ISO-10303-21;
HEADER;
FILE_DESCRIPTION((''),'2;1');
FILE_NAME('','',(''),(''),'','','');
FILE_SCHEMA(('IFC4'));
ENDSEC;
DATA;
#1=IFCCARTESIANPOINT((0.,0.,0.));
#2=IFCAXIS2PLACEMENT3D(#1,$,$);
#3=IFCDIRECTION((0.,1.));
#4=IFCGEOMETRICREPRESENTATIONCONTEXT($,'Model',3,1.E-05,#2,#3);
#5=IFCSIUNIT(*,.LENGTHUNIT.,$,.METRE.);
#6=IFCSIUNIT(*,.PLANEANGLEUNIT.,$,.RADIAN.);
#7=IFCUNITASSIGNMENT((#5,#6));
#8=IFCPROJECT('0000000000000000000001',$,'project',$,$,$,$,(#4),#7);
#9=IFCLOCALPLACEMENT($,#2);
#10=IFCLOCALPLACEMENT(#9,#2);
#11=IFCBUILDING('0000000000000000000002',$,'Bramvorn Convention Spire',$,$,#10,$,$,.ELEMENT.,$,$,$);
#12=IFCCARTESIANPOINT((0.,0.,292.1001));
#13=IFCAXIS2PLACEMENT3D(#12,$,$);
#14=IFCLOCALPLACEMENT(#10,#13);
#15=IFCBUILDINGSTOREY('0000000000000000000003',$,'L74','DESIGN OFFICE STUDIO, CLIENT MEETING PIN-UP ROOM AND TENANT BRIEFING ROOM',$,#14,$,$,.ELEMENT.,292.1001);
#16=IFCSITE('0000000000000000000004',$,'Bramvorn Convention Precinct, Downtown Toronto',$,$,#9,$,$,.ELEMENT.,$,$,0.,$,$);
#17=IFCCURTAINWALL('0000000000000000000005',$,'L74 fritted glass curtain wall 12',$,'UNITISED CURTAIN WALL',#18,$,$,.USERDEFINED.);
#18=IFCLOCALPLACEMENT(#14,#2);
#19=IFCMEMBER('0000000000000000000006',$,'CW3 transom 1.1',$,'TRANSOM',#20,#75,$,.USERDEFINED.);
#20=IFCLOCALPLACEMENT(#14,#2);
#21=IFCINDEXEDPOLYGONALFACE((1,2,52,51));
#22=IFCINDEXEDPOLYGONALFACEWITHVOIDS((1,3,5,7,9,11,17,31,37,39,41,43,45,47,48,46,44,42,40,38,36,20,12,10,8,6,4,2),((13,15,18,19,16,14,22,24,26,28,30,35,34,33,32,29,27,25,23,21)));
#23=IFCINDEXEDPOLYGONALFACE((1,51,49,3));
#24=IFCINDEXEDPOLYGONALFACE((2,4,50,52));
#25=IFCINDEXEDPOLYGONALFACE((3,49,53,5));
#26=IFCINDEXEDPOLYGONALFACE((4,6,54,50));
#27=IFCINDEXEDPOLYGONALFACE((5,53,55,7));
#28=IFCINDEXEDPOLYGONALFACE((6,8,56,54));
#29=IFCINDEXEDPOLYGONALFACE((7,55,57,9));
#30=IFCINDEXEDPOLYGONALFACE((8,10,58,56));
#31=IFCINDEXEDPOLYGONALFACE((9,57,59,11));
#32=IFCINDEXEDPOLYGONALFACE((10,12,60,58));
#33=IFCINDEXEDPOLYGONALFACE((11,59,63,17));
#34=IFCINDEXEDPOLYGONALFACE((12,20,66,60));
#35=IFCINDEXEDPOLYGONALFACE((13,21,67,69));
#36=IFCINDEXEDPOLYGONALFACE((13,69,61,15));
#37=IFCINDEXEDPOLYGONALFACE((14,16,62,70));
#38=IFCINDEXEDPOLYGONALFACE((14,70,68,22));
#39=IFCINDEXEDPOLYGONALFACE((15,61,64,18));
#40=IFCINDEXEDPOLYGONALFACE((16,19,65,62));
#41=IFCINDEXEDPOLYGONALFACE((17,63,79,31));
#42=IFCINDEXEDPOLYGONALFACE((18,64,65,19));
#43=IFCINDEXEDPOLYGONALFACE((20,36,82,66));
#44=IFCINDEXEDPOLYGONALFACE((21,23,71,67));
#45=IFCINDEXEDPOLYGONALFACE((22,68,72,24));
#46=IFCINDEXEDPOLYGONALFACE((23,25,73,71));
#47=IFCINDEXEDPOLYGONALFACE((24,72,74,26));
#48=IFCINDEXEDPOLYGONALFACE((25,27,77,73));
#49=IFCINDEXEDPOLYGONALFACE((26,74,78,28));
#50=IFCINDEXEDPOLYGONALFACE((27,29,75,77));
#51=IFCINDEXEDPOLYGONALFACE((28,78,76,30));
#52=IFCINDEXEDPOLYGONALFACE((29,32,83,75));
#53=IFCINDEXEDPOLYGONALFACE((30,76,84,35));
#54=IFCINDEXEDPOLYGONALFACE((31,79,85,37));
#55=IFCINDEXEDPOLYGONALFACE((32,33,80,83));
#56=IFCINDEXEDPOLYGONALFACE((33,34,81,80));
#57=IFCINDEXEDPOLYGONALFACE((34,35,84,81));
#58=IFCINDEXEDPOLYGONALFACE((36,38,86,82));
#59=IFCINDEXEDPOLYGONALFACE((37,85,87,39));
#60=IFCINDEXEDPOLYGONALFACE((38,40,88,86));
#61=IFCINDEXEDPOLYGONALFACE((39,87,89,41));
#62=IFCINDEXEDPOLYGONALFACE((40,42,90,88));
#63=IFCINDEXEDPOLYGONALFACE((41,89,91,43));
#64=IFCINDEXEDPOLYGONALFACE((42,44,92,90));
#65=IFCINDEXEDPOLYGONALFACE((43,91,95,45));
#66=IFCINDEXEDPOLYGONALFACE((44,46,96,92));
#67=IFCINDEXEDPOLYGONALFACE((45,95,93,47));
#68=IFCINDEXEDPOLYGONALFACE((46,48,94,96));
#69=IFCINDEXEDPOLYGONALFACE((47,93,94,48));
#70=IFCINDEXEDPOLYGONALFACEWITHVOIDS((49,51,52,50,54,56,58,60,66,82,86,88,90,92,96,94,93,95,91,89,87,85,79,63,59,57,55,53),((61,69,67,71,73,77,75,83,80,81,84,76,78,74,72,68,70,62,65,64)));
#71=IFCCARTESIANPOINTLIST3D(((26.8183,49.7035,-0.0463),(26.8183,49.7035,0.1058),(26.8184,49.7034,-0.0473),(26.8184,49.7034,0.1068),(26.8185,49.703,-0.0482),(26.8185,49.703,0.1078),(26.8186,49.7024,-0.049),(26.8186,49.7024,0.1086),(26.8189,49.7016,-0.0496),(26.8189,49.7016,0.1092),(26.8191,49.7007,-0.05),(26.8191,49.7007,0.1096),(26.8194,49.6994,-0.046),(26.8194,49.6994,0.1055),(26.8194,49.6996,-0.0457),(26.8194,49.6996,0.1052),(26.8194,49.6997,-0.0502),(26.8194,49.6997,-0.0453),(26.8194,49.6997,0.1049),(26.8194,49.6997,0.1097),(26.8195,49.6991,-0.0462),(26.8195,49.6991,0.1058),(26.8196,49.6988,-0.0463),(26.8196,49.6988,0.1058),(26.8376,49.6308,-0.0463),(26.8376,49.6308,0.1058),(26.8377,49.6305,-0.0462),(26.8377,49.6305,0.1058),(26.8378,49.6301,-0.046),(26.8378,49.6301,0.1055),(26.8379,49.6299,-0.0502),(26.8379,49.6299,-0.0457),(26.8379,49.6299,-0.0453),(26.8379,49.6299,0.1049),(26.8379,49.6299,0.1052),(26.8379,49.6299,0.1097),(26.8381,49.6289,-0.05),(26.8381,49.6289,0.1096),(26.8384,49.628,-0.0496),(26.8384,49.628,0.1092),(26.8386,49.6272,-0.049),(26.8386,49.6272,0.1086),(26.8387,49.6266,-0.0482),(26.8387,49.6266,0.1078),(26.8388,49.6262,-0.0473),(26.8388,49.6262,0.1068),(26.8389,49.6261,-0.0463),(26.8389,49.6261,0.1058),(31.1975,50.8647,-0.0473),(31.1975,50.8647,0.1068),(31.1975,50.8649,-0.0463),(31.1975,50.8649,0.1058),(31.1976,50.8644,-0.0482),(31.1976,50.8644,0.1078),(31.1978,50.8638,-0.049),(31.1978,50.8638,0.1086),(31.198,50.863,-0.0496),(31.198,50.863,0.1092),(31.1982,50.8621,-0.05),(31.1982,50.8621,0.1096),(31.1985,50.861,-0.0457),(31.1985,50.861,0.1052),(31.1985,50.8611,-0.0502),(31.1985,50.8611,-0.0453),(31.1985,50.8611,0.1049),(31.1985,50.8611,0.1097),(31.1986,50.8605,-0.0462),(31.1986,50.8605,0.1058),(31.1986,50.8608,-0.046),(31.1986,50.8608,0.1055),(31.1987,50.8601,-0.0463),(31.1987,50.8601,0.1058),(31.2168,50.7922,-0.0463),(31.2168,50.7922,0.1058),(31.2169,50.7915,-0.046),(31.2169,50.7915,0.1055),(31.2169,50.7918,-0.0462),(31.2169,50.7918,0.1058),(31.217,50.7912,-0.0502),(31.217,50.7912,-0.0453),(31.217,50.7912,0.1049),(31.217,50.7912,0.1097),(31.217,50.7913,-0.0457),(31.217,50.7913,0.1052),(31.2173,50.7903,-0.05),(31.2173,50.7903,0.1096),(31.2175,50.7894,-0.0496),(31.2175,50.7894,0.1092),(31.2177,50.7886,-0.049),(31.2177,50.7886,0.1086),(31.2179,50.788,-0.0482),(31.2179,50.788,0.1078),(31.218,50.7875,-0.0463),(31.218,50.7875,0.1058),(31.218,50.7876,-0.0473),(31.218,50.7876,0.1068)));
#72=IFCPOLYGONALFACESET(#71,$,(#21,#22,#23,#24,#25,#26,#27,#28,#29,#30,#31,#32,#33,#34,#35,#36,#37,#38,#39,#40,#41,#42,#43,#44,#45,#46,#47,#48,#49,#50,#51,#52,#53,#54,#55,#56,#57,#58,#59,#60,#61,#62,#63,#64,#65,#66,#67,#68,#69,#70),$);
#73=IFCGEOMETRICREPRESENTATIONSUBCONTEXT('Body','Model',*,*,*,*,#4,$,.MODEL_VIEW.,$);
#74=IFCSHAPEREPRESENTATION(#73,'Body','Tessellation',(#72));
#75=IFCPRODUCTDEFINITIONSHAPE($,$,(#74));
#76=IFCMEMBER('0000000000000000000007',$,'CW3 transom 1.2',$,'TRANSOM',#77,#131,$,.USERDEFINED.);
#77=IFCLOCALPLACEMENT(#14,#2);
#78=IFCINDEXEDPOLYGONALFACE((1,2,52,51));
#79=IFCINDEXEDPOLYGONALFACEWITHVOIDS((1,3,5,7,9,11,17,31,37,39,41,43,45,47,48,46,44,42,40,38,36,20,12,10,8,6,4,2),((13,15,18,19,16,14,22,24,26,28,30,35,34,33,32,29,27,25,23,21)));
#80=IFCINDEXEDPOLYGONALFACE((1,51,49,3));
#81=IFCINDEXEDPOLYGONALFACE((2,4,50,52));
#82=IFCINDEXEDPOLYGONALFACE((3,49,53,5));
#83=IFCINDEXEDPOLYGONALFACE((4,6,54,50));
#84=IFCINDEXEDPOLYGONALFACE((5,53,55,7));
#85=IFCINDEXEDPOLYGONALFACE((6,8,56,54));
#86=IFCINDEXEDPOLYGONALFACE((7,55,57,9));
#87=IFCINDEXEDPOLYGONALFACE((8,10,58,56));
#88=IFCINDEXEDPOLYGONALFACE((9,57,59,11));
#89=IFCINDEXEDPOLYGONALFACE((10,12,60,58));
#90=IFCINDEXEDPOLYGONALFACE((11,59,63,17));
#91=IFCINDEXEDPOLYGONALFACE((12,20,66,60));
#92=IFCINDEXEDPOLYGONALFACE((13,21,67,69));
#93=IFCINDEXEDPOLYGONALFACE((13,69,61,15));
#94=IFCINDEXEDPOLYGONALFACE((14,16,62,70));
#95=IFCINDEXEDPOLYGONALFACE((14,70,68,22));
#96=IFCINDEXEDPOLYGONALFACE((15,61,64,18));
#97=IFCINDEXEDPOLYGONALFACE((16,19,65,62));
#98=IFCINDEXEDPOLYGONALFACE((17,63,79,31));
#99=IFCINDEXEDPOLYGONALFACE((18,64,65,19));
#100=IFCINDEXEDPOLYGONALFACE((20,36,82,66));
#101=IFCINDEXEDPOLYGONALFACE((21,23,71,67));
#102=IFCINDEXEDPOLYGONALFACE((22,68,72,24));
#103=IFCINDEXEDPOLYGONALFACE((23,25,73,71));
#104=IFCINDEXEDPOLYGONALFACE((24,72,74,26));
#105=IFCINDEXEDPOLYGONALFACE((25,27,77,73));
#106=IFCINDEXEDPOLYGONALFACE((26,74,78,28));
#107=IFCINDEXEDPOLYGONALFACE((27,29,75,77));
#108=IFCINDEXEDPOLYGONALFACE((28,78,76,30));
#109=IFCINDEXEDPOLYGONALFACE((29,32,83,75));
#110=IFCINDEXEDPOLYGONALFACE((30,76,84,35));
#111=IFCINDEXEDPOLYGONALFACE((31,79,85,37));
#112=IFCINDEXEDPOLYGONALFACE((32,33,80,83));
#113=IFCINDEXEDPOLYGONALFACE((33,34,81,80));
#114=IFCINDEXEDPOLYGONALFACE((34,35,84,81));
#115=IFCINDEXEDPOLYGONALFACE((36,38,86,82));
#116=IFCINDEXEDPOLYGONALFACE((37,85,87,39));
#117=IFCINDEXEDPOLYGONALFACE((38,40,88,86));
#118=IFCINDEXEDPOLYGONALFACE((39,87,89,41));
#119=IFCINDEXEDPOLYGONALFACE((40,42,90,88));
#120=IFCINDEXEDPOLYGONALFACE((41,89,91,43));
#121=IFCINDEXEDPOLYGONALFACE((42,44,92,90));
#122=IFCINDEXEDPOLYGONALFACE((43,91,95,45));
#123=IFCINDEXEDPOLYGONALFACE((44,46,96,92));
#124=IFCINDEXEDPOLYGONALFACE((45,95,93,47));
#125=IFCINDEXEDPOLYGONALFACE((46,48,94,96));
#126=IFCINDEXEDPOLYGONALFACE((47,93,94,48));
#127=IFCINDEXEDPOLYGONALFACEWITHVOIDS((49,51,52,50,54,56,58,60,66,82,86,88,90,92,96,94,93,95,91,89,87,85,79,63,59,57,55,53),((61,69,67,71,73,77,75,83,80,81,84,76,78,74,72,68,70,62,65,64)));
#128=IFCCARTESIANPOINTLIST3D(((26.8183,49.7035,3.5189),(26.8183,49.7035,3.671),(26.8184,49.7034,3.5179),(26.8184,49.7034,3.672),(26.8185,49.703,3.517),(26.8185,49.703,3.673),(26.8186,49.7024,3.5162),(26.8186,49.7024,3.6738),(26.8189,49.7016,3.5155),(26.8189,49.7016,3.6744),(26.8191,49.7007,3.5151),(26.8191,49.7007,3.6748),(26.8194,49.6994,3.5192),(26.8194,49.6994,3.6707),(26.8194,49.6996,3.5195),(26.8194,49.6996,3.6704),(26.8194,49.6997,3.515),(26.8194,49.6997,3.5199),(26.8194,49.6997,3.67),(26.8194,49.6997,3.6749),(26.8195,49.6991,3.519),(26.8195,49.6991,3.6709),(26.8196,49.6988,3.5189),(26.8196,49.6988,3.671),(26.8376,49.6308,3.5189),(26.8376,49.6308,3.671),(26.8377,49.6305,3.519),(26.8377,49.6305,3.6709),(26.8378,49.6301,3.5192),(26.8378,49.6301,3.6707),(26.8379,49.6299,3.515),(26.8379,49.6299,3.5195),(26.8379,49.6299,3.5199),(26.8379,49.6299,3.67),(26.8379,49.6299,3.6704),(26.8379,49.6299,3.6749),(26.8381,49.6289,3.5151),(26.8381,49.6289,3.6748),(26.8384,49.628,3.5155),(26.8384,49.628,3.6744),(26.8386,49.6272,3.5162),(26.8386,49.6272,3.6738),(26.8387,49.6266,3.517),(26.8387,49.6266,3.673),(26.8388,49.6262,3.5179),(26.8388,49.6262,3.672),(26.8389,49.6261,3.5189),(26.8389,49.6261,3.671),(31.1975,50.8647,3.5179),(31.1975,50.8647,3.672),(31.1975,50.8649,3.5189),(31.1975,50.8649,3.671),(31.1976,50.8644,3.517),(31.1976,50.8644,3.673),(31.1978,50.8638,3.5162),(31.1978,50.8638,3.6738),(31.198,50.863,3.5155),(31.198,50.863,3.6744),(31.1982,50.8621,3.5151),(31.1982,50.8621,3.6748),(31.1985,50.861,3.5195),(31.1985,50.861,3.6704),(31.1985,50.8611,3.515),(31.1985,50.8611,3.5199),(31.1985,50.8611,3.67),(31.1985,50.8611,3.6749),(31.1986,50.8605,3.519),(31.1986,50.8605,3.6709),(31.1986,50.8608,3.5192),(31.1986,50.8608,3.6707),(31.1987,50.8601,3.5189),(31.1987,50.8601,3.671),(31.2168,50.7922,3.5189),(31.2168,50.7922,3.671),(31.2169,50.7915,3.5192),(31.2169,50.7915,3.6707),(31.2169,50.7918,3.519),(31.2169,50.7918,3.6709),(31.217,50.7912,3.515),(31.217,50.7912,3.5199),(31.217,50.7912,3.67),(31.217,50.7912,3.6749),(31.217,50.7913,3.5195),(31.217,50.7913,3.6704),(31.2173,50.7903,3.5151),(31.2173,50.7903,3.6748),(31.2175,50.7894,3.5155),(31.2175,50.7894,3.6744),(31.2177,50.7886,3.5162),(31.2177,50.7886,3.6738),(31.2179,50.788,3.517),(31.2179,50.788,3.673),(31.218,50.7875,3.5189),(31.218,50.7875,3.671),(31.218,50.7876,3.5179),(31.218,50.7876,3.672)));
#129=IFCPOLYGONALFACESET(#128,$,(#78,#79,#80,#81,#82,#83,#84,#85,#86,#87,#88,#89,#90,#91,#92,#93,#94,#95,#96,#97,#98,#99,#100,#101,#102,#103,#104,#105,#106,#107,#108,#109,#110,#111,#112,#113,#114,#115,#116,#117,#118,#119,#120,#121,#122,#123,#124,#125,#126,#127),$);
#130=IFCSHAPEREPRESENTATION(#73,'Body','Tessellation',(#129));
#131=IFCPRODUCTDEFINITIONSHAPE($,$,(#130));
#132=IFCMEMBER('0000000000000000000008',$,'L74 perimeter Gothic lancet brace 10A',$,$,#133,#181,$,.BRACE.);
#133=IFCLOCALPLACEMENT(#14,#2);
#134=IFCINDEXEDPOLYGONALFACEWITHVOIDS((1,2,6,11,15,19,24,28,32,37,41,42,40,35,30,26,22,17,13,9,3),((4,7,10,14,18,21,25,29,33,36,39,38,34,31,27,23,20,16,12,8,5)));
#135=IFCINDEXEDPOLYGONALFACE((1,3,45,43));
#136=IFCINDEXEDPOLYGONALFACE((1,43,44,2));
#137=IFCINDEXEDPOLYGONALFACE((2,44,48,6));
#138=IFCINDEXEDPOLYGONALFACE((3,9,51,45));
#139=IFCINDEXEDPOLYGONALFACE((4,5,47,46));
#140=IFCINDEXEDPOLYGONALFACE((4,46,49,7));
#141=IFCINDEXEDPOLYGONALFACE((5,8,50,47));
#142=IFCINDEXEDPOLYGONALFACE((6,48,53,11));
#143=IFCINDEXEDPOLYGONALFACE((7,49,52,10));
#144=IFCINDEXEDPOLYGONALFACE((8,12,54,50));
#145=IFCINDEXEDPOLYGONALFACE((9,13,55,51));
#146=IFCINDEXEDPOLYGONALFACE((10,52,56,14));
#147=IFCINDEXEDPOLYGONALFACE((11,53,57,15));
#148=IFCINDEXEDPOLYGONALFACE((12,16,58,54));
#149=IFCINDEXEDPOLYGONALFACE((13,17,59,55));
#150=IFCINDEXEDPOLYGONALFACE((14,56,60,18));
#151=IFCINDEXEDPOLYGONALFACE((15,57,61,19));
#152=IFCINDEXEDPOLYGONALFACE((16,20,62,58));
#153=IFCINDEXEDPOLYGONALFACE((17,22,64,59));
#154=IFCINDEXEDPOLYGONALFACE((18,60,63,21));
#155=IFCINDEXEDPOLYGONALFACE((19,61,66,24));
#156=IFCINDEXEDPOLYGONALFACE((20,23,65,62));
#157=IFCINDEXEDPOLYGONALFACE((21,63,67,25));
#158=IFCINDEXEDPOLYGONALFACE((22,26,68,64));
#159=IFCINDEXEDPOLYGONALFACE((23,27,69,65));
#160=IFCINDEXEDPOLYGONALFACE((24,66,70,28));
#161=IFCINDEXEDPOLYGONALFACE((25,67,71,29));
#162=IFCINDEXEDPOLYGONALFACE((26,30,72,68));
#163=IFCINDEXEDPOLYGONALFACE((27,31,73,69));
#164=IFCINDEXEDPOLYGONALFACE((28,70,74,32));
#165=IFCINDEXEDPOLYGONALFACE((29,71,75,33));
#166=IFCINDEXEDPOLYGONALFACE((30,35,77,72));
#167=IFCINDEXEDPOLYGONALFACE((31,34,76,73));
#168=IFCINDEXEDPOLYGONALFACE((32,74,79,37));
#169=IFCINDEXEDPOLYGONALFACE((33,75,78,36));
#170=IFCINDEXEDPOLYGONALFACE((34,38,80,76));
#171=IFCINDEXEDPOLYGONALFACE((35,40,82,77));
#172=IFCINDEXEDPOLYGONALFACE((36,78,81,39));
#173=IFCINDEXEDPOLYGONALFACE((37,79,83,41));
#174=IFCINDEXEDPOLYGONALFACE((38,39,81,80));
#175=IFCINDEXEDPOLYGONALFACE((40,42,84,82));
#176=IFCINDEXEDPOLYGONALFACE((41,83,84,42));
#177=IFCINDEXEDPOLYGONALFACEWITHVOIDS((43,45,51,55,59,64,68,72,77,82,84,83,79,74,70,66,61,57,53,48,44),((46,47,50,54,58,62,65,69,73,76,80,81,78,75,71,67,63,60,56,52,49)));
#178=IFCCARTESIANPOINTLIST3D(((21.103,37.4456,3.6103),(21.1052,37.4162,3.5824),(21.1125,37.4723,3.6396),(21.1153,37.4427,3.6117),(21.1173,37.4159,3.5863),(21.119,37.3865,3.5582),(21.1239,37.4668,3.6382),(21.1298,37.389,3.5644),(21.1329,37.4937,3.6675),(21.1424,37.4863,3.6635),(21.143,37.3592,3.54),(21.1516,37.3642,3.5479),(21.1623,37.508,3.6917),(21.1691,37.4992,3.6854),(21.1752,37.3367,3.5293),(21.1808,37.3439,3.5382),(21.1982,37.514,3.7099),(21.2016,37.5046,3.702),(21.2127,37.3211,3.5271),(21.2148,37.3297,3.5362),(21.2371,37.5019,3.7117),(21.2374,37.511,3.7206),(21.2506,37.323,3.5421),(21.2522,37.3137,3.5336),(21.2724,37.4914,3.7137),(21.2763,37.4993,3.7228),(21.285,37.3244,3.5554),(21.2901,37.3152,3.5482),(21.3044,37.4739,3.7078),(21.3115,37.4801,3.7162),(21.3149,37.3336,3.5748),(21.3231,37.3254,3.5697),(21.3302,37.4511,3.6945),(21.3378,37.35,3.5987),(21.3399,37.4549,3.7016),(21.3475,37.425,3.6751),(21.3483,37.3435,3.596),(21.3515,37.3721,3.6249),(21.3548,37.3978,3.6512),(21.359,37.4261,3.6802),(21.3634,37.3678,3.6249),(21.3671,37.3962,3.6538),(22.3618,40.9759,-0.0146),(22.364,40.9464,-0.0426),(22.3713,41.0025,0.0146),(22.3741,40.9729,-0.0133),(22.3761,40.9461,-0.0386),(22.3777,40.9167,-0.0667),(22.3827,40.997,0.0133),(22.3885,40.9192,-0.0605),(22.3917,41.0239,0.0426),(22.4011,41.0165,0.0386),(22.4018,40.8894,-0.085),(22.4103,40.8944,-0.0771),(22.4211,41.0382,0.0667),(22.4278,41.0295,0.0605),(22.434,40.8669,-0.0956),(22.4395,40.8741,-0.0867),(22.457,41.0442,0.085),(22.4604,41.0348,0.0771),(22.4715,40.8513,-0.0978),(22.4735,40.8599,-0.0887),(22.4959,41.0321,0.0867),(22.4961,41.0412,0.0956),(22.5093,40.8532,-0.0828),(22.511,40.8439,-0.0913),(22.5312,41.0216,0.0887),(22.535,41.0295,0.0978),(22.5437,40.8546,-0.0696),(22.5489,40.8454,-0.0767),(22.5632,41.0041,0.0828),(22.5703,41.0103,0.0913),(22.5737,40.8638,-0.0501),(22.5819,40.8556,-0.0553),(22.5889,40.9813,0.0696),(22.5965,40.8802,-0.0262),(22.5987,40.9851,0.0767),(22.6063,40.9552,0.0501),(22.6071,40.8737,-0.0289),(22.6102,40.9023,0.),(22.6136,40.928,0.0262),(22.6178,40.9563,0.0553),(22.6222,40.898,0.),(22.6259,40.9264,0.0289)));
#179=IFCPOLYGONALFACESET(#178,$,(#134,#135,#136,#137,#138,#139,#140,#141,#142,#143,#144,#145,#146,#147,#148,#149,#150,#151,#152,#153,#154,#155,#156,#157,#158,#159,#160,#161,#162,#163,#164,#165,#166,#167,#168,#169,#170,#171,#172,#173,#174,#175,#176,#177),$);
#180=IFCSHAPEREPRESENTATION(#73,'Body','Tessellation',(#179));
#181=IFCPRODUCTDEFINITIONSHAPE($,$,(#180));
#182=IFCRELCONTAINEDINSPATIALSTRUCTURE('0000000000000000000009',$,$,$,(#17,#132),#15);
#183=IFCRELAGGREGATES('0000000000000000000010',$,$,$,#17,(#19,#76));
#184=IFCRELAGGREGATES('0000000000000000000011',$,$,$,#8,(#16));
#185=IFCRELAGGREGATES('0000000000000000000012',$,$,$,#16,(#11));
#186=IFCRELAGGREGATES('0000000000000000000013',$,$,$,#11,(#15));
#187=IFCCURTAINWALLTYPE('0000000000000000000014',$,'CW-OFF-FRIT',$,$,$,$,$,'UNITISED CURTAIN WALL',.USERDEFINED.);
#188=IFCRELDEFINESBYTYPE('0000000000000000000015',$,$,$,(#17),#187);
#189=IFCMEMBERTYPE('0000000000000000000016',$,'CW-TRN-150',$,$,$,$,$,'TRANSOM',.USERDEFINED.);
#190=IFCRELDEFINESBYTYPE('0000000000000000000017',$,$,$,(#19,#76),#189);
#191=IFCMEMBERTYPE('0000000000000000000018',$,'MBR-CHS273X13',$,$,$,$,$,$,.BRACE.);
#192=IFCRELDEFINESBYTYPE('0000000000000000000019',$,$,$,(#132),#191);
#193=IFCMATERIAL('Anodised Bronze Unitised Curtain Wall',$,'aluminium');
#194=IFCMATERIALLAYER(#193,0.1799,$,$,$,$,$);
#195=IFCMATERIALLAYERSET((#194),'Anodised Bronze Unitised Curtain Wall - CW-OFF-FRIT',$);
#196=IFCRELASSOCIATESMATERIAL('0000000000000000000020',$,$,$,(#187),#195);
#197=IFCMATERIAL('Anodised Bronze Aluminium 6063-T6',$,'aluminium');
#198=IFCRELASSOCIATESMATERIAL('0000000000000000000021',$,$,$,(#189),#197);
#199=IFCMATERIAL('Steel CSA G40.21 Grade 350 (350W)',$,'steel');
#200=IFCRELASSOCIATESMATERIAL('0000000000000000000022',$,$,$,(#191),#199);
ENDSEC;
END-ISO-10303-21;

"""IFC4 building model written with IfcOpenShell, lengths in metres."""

from ifc_helpers import new_model, si_unit, direction, frame, origin, origin_2d, place, context, subcontext, project, spatial, hollow_rectangle, hollow_circle, extrude, material, layer, layer_set, material_profile, profile_set, type_object, element, aggregate, save


model = new_model("IFC4")

# Units and contexts
model_context = context("Model", 3, precision=1e-05, world=origin(), true_north=direction((0.0, 1.0)))
body_context = subcontext(model_context, "Body", "Model", "MODEL_VIEW")
ifc_project = project(units=[si_unit("LENGTHUNIT", "METRE"), si_unit("PLANEANGLEUNIT", "RADIAN")], contexts=[model_context])

# Site, building, storey
site_placement = place(None, origin())
site = spatial("IfcSite", under=ifc_project, at=site_placement, Name="Bramvorn Convention Precinct, Downtown Toronto", CompositionType="ELEMENT", RefElevation=0.0)
building_placement = place(site_placement, origin())
building = spatial("IfcBuilding", under=site, at=building_placement, Name="Bramvorn Convention Spire", CompositionType="ELEMENT")
storey_placement = place(building_placement, frame((0.0, 0.0, 292.1001)))
storey = spatial("IfcBuildingStorey", under=building, at=storey_placement, Name="L74", Description="DESIGN OFFICE STUDIO, CLIENT MEETING PIN-UP ROOM AND TENANT BRIEFING ROOM", CompositionType="ELEMENT", Elevation=292.1001)

# Shared definitions
ifc_material_1 = material(Name="Steel CSA G40.21 Grade 350 (350W)", Category="steel")

# Shared definitions
ifc_material_2 = material(Name="Anodised Bronze Unitised Curtain Wall", Category="aluminium")
ifc_layer_1 = layer(ifc_material_2, 0.1799)
ifc_layer_set_1 = layer_set([ifc_layer_1], Name="Anodised Bronze Unitised Curtain Wall - CW-OFF-FRIT")
curtain_wall_type = type_object("IfcCurtainWallType", Name="CW-OFF-FRIT", ElementType="UNITISED CURTAIN WALL", PredefinedType="USERDEFINED", material=ifc_layer_set_1)
ifc_material_3 = material(Name="Anodised Bronze Aluminium 6063-T6", Category="aluminium")

# Curtain wall
curtain_wall_1_placement = place(storey_placement, origin())
curtain_wall_1 = element("IfcCurtainWall", 1, at=curtain_wall_1_placement, inside=storey, type_object=curtain_wall_type, Name="L74 fritted glass curtain wall 12", ObjectType="UNITISED CURTAIN WALL", PredefinedType="USERDEFINED")

# Members
ifc_material_profile_1 = material_profile(ifc_material_3, hollow_rectangle(XDim=0.0801, YDim=0.1599, WallThickness=0.0039, InnerFilletRadius=0.001, OuterFilletRadius=0.0039, at=origin_2d()))
ifc_profile_set_1 = profile_set([ifc_material_profile_1], Name="Anodised Bronze Aluminium 6063-T6 - CWT80X160")
member_type_1 = type_object("IfcMemberType", Name="CW-TRN-150", ElementType="TRANSOM", PredefinedType="USERDEFINED", material=ifc_profile_set_1)
member_1_placement = place(storey_placement, frame((26.8286, 49.6648, 0.0298), z_axis=(0.966586, 0.256344, 0.0), x_axis=(-0.256344, 0.966586, 0.0)))
member_1 = element("IfcMember", 2, at=member_1_placement, type_object=member_type_1, Name="CW3 transom 1.1", ObjectType="TRANSOM", PredefinedType="USERDEFINED", context=body_context, shape_type="SweptSolid", body=[
    extrude(hollow_rectangle(XDim=0.0801, YDim=0.1599, WallThickness=0.0039, InnerFilletRadius=0.001, OuterFilletRadius=0.0039, at=origin_2d()), origin(), (0.0, 0.0, 1.0), 4.5305),
])
member_2_placement = place(storey_placement, frame((26.8286, 49.6648, 3.595), z_axis=(0.966586, 0.256344, 0.0), x_axis=(-0.256344, 0.966586, 0.0)))
member_2 = element("IfcMember", 3, at=member_2_placement, type_object=member_type_1, Name="CW3 transom 1.2", ObjectType="TRANSOM", PredefinedType="USERDEFINED", context=body_context, shape_type="SweptSolid", body=[
    extrude(hollow_rectangle(XDim=0.0801, YDim=0.1599, WallThickness=0.0039, InnerFilletRadius=0.001, OuterFilletRadius=0.0039, at=origin_2d()), origin(), (0.0, 0.0, 1.0), 4.5305),
])

# Member
ifc_material_profile_2 = material_profile(ifc_material_1, hollow_circle(Radius=0.1365, WallThickness=0.0127, at=origin_2d()))
ifc_profile_set_2 = profile_set([ifc_material_profile_2], Name="Steel CSA G40.21 Grade 350 (350W) - CHS273X13")
member_type_2 = type_object("IfcMemberType", Name="MBR-CHS273X13", PredefinedType="BRACE", material=ifc_profile_set_2)
member_3_placement = place(storey_placement, frame((22.4937, 40.9438, 0.0), z_axis=(-0.241415, -0.677048, 0.695215), x_axis=(0.941913, -0.335858, 0.0)))
element("IfcMember", 4, at=member_3_placement, inside=storey, type_object=member_type_2, Name="L74 perimeter Gothic lancet brace 10A", PredefinedType="BRACE", context=body_context, shape_type="SweptSolid", body=[
    extrude(hollow_circle(Radius=0.1365, WallThickness=0.0127, at=origin_2d()), origin(), (0.0, 0.0, 1.0), 5.2141),
])

aggregate(curtain_wall_1, [member_1, member_2])

save(model, "model.ifc")
